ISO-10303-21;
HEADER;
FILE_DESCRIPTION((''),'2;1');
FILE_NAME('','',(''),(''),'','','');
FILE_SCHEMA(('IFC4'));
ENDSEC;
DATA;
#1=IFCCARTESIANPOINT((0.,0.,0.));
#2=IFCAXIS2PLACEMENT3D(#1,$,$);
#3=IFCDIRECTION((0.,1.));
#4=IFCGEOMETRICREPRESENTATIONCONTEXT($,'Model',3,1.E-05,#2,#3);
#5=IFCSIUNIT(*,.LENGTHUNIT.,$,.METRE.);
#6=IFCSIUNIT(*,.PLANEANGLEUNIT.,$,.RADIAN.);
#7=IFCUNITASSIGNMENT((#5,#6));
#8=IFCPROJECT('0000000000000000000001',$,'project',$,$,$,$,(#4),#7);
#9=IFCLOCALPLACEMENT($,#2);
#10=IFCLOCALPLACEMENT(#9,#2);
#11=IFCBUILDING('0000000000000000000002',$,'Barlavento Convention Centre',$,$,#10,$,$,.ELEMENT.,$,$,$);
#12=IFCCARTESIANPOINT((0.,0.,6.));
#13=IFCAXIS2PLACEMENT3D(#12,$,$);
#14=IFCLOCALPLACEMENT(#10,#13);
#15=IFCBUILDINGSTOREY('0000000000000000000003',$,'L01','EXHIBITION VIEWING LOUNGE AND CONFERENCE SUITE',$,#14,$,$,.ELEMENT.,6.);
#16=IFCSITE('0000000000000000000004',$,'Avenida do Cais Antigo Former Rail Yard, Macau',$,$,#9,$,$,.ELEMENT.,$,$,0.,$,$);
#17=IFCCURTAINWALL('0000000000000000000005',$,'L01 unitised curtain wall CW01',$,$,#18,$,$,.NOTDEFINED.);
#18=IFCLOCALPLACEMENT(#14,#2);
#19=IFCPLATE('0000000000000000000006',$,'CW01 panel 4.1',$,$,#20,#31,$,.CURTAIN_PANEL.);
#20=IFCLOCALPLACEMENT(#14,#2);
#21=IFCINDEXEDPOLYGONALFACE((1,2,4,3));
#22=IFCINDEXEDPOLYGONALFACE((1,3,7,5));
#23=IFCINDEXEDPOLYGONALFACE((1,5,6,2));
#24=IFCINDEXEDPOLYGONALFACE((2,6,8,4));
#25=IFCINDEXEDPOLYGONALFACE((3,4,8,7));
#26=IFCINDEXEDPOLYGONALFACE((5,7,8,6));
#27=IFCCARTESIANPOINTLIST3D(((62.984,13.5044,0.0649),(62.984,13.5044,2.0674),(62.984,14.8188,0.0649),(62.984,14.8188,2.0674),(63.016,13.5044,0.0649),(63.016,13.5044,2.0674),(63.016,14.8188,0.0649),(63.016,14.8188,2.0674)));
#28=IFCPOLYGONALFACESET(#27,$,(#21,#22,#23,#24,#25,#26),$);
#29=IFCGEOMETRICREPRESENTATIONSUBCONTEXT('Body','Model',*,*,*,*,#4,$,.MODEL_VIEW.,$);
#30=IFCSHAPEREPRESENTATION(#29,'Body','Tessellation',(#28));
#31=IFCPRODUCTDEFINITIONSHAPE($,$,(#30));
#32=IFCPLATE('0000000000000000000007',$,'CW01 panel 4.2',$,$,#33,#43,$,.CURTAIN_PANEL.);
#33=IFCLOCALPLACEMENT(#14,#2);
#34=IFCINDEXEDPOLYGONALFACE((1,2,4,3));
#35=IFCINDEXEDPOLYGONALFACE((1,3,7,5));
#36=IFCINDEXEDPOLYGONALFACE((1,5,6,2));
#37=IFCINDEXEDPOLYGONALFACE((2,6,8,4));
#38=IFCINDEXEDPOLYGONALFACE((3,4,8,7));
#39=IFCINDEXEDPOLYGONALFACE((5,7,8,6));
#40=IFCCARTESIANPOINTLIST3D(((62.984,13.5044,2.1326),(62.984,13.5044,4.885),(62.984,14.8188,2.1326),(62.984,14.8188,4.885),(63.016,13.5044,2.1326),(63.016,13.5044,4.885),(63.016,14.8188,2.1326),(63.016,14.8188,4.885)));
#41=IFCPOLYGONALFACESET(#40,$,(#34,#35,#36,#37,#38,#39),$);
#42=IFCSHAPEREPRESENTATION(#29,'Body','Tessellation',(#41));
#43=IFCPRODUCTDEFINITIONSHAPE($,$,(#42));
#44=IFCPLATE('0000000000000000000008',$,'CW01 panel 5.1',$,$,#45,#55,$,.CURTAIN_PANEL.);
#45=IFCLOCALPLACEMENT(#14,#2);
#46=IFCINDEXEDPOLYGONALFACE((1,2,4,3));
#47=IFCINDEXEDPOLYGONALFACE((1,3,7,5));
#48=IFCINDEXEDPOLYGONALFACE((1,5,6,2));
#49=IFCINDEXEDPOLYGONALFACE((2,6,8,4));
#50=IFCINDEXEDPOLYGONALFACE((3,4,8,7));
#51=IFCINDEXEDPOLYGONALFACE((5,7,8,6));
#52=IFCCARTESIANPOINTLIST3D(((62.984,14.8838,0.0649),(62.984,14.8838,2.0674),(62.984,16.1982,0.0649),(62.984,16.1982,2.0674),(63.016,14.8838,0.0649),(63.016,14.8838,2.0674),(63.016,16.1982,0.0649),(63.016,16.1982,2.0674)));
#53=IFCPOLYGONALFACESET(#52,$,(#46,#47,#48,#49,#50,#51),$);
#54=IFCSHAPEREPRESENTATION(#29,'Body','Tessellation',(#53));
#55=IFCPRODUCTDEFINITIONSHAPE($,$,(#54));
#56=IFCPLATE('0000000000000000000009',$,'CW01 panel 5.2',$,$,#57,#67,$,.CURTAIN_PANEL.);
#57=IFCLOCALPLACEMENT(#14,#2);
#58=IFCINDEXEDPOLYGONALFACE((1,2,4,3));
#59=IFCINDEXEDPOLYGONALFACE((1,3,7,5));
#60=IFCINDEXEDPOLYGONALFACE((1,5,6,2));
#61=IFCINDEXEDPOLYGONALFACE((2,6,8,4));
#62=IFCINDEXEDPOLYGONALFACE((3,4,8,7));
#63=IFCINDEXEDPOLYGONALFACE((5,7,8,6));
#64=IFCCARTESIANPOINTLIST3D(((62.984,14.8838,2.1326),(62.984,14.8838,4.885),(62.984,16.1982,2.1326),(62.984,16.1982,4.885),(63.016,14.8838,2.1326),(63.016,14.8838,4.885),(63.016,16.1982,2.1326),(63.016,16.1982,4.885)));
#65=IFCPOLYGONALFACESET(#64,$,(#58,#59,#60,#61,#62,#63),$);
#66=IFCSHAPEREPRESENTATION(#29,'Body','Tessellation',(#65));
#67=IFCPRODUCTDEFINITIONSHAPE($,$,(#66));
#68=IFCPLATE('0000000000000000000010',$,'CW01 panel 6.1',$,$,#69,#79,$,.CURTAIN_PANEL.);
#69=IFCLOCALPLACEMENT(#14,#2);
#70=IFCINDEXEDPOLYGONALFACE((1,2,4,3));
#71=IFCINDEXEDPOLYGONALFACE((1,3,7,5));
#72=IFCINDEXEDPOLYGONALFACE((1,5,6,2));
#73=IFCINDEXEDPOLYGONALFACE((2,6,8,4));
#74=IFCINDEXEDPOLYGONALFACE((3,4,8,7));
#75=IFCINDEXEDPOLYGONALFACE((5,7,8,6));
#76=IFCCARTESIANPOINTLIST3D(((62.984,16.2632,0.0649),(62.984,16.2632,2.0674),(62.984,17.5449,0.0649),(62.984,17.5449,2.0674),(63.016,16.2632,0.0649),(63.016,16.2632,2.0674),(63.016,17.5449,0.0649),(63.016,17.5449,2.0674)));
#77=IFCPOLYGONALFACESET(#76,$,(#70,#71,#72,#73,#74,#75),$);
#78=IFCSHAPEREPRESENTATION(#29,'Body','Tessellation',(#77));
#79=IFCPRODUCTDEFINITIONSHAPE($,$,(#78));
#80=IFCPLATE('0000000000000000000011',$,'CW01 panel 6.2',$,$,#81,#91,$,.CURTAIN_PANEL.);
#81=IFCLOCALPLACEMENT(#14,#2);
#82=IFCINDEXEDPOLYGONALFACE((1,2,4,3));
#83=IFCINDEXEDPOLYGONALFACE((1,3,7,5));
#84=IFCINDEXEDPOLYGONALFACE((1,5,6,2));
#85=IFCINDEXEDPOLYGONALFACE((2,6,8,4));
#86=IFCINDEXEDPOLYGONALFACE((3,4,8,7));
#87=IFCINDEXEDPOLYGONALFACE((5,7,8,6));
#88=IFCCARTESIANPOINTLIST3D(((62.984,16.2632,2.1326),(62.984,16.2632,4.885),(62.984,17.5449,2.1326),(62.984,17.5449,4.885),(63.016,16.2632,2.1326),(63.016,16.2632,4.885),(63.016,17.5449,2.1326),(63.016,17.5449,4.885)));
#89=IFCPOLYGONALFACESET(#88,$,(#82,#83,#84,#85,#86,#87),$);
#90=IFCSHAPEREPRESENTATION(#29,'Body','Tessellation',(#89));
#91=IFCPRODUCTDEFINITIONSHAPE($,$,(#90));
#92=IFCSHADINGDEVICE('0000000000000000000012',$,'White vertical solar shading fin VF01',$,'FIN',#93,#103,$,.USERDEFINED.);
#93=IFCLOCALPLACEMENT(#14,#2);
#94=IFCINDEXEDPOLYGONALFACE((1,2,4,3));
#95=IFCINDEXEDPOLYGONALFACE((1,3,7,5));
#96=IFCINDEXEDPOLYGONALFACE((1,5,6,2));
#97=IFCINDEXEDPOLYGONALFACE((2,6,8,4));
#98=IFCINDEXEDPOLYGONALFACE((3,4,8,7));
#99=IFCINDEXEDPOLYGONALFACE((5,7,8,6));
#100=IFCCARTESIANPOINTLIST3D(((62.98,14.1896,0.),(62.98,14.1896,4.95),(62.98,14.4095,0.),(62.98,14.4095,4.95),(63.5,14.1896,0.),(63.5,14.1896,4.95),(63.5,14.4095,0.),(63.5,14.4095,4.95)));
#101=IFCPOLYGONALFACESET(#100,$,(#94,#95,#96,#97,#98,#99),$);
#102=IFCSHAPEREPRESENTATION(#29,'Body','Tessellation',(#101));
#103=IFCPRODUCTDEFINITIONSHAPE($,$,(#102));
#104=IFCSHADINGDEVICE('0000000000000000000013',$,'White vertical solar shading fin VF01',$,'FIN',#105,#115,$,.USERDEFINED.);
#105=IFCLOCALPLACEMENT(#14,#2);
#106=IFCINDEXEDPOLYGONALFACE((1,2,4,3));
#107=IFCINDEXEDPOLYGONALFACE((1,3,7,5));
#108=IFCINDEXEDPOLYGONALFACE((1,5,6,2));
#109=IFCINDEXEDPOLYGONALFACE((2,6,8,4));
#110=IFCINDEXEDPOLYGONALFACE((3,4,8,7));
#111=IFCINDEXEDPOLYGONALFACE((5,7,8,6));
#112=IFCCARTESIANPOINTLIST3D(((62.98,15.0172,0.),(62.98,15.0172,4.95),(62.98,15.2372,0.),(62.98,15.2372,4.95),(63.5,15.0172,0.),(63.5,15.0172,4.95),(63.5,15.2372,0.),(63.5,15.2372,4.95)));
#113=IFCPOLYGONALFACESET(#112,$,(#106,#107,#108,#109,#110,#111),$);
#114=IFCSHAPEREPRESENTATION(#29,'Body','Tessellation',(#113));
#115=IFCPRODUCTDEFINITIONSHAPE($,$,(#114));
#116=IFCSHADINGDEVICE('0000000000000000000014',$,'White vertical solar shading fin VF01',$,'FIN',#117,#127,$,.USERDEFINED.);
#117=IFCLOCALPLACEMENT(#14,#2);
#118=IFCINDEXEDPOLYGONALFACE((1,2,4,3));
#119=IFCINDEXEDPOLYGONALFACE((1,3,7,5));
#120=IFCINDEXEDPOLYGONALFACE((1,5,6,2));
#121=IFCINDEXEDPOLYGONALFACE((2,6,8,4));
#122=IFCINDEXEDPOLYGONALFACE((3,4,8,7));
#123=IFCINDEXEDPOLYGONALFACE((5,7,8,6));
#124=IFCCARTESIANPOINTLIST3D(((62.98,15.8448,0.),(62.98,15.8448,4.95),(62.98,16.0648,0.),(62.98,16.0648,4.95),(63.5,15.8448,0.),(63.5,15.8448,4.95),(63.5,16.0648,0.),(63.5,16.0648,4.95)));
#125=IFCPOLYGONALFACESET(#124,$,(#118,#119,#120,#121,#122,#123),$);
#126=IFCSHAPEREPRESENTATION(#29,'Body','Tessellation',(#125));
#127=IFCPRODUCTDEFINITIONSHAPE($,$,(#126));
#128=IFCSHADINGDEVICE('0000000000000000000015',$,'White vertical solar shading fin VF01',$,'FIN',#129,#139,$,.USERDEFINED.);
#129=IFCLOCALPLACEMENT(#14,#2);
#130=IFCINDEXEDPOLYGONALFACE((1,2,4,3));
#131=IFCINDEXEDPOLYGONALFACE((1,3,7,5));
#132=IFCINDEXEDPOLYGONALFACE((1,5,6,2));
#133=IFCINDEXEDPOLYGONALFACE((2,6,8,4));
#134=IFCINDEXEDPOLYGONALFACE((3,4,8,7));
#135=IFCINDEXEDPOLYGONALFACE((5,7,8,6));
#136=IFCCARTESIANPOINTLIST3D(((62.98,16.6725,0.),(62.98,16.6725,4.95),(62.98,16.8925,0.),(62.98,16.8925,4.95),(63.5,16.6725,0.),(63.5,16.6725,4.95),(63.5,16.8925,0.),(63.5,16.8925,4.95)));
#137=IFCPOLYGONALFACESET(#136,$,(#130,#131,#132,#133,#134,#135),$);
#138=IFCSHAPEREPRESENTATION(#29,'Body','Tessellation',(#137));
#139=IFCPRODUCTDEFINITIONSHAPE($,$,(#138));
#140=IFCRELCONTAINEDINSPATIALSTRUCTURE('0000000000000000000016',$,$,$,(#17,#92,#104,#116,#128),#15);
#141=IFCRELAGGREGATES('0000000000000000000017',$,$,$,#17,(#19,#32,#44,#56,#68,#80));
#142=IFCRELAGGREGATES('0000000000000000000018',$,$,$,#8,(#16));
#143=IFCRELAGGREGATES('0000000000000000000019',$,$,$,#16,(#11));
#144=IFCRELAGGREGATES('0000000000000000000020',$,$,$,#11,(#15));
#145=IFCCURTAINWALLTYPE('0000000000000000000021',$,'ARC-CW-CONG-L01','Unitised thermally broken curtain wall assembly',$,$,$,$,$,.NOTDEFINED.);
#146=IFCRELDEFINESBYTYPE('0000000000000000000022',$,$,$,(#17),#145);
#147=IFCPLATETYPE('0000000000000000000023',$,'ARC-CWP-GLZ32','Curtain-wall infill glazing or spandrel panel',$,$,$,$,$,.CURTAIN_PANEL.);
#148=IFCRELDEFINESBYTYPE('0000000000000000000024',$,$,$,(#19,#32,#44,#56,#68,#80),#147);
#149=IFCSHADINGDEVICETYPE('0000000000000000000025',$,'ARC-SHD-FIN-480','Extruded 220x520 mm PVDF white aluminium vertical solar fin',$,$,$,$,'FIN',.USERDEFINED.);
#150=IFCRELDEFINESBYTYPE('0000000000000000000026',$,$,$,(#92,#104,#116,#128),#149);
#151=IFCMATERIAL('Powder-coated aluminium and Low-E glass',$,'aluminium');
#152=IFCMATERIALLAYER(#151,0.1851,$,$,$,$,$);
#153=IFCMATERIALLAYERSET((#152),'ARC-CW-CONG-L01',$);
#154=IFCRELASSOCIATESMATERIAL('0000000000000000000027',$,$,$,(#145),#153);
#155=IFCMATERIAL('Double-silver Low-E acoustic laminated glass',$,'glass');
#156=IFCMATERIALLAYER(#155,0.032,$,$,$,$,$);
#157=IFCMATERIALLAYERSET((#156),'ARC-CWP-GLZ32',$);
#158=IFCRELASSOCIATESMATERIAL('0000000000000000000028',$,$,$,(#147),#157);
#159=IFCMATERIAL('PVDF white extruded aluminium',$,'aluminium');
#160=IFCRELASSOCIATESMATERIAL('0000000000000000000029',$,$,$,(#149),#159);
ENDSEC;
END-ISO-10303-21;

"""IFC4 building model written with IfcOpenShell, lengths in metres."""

from ifc_helpers import new_model, si_unit, direction, frame, origin, origin_2d, place, context, subcontext, project, spatial, rectangle, extrude, material, layer, layer_set, type_object, element, aggregate, save


model = new_model("IFC4")

# Units and contexts
model_context = context("Model", 3, precision=1e-05, world=origin(), true_north=direction((0.0, 1.0)))
body_context = subcontext(model_context, "Body", "Model", "MODEL_VIEW")
ifc_project = project(units=[si_unit("LENGTHUNIT", "METRE"), si_unit("PLANEANGLEUNIT", "RADIAN")], contexts=[model_context])

# Site, building, storey
site_placement = place(None, origin())
site = spatial("IfcSite", under=ifc_project, at=site_placement, Name="Avenida do Cais Antigo Former Rail Yard, Macau", CompositionType="ELEMENT", RefElevation=0.0)
building_placement = place(site_placement, origin())
building = spatial("IfcBuilding", under=site, at=building_placement, Name="Barlavento Convention Centre", CompositionType="ELEMENT")
storey_placement = place(building_placement, frame((0.0, 0.0, 6.0)))
storey = spatial("IfcBuildingStorey", under=building, at=storey_placement, Name="L01", Description="EXHIBITION VIEWING LOUNGE AND CONFERENCE SUITE", CompositionType="ELEMENT", Elevation=6.0)

# Curtain wall, plates
ifc_material_1 = material(Name="Powder-coated aluminium and Low-E glass", Category="aluminium")
ifc_layer_1 = layer(ifc_material_1, 0.1851)
ifc_layer_set_1 = layer_set([ifc_layer_1], Name="ARC-CW-CONG-L01")
curtain_wall_type = type_object("IfcCurtainWallType", Name="ARC-CW-CONG-L01", Description="Unitised thermally broken curtain wall assembly", PredefinedType="NOTDEFINED", material=ifc_layer_set_1)
curtain_wall_placement = place(storey_placement, origin())
curtain_wall = element("IfcCurtainWall", 1, at=curtain_wall_placement, inside=storey, type_object=curtain_wall_type, Name="L01 unitised curtain wall CW01", PredefinedType="NOTDEFINED")
ifc_material_2 = material(Name="Double-silver Low-E acoustic laminated glass", Category="glass")
ifc_layer_2 = layer(ifc_material_2, 0.032)
ifc_layer_set_2 = layer_set([ifc_layer_2], Name="ARC-CWP-GLZ32")
plate_type = type_object("IfcPlateType", Name="ARC-CWP-GLZ32", Description="Curtain-wall infill glazing or spandrel panel", PredefinedType="CURTAIN_PANEL", material=ifc_layer_set_2)
plate_1_placement = place(storey_placement, frame((63.0, 14.1616, 0.0649), z_axis=(0.0, 0.0, 1.0), x_axis=(0.0, 1.0, 0.0)))
plate_1 = element("IfcPlate", 2, at=plate_1_placement, type_object=plate_type, Name="CW01 panel 4.1", PredefinedType="CURTAIN_PANEL", context=body_context, shape_type="SweptSolid", body=[
    extrude(rectangle(XDim=1.3145, YDim=0.032, at=origin_2d()), origin(), (0.0, 0.0, 1.0), 2.0024),
])
plate_2_placement = place(storey_placement, frame((63.0, 14.1616, 2.1326), z_axis=(0.0, 0.0, 1.0), x_axis=(0.0, 1.0, 0.0)))
plate_2 = element("IfcPlate", 3, at=plate_2_placement, type_object=plate_type, Name="CW01 panel 4.2", PredefinedType="CURTAIN_PANEL", context=body_context, shape_type="SweptSolid", body=[
    extrude(rectangle(XDim=1.3145, YDim=0.032, at=origin_2d()), origin(), (0.0, 0.0, 1.0), 2.7524),
])
plate_3_placement = place(storey_placement, frame((63.0, 15.541, 0.0649), z_axis=(0.0, 0.0, 1.0), x_axis=(0.0, 1.0, 0.0)))
plate_3 = element("IfcPlate", 4, at=plate_3_placement, type_object=plate_type, Name="CW01 panel 5.1", PredefinedType="CURTAIN_PANEL", context=body_context, shape_type="SweptSolid", body=[
    extrude(rectangle(XDim=1.3145, YDim=0.032, at=origin_2d()), origin(), (0.0, 0.0, 1.0), 2.0024),
])
plate_4_placement = place(storey_placement, frame((63.0, 15.541, 2.1326), z_axis=(0.0, 0.0, 1.0), x_axis=(0.0, 1.0, 0.0)))
plate_4 = element("IfcPlate", 5, at=plate_4_placement, type_object=plate_type, Name="CW01 panel 5.2", PredefinedType="CURTAIN_PANEL", context=body_context, shape_type="SweptSolid", body=[
    extrude(rectangle(XDim=1.3145, YDim=0.032, at=origin_2d()), origin(), (0.0, 0.0, 1.0), 2.7524),
])
plate_5_placement = place(storey_placement, frame((63.0, 16.9041, 0.0649), z_axis=(0.0, 0.0, 1.0), x_axis=(0.0, 1.0, 0.0)))
plate_5 = element("IfcPlate", 6, at=plate_5_placement, type_object=plate_type, Name="CW01 panel 6.1", PredefinedType="CURTAIN_PANEL", context=body_context, shape_type="SweptSolid", body=[
    extrude(rectangle(XDim=1.2817, YDim=0.032, at=origin_2d()), origin(), (0.0, 0.0, 1.0), 2.0024),
])
plate_6_placement = place(storey_placement, frame((63.0, 16.9041, 2.1326), z_axis=(0.0, 0.0, 1.0), x_axis=(0.0, 1.0, 0.0)))
plate_6 = element("IfcPlate", 7, at=plate_6_placement, type_object=plate_type, Name="CW01 panel 6.2", PredefinedType="CURTAIN_PANEL", context=body_context, shape_type="SweptSolid", body=[
    extrude(rectangle(XDim=1.2817, YDim=0.032, at=origin_2d()), origin(), (0.0, 0.0, 1.0), 2.7524),
])
aggregate(curtain_wall, [plate_1, plate_2, plate_3, plate_4, plate_5, plate_6])

# Shading devices
ifc_material_3 = material(Name="PVDF white extruded aluminium", Category="aluminium")
shading_device_type = type_object("IfcShadingDeviceType", Name="ARC-SHD-FIN-480", Description="Extruded 220x520 mm PVDF white aluminium vertical solar fin", ElementType="FIN", PredefinedType="USERDEFINED", material=ifc_material_3)
for number, where, z_axis, x_axis, name in (
    (8, (63.24, 14.2996, 0.0), (0.0, 0.0, 1.0), (0.0, 1.0, 0.0), "White vertical solar shading fin VF01"),
    (9, (63.24, 15.1272, 0.0), (0.0, 0.0, 1.0), (0.0, 1.0, 0.0), "White vertical solar shading fin VF01"),
    (10, (63.24, 15.9548, 0.0), (0.0, 0.0, 1.0), (0.0, 1.0, 0.0), "White vertical solar shading fin VF01"),
    (11, (63.24, 16.7825, 0.0), (0.0, 0.0, 1.0), (0.0, 1.0, 0.0), "White vertical solar shading fin VF01"),
):
    element("IfcShadingDevice", number, at=place(storey_placement, frame(where, z_axis=z_axis, x_axis=x_axis)), inside=storey, type_object=shading_device_type, Name=name, ObjectType="FIN", PredefinedType="USERDEFINED", context=body_context, shape_type="SweptSolid", body=[
        extrude(rectangle(XDim=0.22, YDim=0.52, at=origin_2d()), origin(), (0.0, 0.0, 1.0), 4.95),
    ])

save(model, "model.ifc")
